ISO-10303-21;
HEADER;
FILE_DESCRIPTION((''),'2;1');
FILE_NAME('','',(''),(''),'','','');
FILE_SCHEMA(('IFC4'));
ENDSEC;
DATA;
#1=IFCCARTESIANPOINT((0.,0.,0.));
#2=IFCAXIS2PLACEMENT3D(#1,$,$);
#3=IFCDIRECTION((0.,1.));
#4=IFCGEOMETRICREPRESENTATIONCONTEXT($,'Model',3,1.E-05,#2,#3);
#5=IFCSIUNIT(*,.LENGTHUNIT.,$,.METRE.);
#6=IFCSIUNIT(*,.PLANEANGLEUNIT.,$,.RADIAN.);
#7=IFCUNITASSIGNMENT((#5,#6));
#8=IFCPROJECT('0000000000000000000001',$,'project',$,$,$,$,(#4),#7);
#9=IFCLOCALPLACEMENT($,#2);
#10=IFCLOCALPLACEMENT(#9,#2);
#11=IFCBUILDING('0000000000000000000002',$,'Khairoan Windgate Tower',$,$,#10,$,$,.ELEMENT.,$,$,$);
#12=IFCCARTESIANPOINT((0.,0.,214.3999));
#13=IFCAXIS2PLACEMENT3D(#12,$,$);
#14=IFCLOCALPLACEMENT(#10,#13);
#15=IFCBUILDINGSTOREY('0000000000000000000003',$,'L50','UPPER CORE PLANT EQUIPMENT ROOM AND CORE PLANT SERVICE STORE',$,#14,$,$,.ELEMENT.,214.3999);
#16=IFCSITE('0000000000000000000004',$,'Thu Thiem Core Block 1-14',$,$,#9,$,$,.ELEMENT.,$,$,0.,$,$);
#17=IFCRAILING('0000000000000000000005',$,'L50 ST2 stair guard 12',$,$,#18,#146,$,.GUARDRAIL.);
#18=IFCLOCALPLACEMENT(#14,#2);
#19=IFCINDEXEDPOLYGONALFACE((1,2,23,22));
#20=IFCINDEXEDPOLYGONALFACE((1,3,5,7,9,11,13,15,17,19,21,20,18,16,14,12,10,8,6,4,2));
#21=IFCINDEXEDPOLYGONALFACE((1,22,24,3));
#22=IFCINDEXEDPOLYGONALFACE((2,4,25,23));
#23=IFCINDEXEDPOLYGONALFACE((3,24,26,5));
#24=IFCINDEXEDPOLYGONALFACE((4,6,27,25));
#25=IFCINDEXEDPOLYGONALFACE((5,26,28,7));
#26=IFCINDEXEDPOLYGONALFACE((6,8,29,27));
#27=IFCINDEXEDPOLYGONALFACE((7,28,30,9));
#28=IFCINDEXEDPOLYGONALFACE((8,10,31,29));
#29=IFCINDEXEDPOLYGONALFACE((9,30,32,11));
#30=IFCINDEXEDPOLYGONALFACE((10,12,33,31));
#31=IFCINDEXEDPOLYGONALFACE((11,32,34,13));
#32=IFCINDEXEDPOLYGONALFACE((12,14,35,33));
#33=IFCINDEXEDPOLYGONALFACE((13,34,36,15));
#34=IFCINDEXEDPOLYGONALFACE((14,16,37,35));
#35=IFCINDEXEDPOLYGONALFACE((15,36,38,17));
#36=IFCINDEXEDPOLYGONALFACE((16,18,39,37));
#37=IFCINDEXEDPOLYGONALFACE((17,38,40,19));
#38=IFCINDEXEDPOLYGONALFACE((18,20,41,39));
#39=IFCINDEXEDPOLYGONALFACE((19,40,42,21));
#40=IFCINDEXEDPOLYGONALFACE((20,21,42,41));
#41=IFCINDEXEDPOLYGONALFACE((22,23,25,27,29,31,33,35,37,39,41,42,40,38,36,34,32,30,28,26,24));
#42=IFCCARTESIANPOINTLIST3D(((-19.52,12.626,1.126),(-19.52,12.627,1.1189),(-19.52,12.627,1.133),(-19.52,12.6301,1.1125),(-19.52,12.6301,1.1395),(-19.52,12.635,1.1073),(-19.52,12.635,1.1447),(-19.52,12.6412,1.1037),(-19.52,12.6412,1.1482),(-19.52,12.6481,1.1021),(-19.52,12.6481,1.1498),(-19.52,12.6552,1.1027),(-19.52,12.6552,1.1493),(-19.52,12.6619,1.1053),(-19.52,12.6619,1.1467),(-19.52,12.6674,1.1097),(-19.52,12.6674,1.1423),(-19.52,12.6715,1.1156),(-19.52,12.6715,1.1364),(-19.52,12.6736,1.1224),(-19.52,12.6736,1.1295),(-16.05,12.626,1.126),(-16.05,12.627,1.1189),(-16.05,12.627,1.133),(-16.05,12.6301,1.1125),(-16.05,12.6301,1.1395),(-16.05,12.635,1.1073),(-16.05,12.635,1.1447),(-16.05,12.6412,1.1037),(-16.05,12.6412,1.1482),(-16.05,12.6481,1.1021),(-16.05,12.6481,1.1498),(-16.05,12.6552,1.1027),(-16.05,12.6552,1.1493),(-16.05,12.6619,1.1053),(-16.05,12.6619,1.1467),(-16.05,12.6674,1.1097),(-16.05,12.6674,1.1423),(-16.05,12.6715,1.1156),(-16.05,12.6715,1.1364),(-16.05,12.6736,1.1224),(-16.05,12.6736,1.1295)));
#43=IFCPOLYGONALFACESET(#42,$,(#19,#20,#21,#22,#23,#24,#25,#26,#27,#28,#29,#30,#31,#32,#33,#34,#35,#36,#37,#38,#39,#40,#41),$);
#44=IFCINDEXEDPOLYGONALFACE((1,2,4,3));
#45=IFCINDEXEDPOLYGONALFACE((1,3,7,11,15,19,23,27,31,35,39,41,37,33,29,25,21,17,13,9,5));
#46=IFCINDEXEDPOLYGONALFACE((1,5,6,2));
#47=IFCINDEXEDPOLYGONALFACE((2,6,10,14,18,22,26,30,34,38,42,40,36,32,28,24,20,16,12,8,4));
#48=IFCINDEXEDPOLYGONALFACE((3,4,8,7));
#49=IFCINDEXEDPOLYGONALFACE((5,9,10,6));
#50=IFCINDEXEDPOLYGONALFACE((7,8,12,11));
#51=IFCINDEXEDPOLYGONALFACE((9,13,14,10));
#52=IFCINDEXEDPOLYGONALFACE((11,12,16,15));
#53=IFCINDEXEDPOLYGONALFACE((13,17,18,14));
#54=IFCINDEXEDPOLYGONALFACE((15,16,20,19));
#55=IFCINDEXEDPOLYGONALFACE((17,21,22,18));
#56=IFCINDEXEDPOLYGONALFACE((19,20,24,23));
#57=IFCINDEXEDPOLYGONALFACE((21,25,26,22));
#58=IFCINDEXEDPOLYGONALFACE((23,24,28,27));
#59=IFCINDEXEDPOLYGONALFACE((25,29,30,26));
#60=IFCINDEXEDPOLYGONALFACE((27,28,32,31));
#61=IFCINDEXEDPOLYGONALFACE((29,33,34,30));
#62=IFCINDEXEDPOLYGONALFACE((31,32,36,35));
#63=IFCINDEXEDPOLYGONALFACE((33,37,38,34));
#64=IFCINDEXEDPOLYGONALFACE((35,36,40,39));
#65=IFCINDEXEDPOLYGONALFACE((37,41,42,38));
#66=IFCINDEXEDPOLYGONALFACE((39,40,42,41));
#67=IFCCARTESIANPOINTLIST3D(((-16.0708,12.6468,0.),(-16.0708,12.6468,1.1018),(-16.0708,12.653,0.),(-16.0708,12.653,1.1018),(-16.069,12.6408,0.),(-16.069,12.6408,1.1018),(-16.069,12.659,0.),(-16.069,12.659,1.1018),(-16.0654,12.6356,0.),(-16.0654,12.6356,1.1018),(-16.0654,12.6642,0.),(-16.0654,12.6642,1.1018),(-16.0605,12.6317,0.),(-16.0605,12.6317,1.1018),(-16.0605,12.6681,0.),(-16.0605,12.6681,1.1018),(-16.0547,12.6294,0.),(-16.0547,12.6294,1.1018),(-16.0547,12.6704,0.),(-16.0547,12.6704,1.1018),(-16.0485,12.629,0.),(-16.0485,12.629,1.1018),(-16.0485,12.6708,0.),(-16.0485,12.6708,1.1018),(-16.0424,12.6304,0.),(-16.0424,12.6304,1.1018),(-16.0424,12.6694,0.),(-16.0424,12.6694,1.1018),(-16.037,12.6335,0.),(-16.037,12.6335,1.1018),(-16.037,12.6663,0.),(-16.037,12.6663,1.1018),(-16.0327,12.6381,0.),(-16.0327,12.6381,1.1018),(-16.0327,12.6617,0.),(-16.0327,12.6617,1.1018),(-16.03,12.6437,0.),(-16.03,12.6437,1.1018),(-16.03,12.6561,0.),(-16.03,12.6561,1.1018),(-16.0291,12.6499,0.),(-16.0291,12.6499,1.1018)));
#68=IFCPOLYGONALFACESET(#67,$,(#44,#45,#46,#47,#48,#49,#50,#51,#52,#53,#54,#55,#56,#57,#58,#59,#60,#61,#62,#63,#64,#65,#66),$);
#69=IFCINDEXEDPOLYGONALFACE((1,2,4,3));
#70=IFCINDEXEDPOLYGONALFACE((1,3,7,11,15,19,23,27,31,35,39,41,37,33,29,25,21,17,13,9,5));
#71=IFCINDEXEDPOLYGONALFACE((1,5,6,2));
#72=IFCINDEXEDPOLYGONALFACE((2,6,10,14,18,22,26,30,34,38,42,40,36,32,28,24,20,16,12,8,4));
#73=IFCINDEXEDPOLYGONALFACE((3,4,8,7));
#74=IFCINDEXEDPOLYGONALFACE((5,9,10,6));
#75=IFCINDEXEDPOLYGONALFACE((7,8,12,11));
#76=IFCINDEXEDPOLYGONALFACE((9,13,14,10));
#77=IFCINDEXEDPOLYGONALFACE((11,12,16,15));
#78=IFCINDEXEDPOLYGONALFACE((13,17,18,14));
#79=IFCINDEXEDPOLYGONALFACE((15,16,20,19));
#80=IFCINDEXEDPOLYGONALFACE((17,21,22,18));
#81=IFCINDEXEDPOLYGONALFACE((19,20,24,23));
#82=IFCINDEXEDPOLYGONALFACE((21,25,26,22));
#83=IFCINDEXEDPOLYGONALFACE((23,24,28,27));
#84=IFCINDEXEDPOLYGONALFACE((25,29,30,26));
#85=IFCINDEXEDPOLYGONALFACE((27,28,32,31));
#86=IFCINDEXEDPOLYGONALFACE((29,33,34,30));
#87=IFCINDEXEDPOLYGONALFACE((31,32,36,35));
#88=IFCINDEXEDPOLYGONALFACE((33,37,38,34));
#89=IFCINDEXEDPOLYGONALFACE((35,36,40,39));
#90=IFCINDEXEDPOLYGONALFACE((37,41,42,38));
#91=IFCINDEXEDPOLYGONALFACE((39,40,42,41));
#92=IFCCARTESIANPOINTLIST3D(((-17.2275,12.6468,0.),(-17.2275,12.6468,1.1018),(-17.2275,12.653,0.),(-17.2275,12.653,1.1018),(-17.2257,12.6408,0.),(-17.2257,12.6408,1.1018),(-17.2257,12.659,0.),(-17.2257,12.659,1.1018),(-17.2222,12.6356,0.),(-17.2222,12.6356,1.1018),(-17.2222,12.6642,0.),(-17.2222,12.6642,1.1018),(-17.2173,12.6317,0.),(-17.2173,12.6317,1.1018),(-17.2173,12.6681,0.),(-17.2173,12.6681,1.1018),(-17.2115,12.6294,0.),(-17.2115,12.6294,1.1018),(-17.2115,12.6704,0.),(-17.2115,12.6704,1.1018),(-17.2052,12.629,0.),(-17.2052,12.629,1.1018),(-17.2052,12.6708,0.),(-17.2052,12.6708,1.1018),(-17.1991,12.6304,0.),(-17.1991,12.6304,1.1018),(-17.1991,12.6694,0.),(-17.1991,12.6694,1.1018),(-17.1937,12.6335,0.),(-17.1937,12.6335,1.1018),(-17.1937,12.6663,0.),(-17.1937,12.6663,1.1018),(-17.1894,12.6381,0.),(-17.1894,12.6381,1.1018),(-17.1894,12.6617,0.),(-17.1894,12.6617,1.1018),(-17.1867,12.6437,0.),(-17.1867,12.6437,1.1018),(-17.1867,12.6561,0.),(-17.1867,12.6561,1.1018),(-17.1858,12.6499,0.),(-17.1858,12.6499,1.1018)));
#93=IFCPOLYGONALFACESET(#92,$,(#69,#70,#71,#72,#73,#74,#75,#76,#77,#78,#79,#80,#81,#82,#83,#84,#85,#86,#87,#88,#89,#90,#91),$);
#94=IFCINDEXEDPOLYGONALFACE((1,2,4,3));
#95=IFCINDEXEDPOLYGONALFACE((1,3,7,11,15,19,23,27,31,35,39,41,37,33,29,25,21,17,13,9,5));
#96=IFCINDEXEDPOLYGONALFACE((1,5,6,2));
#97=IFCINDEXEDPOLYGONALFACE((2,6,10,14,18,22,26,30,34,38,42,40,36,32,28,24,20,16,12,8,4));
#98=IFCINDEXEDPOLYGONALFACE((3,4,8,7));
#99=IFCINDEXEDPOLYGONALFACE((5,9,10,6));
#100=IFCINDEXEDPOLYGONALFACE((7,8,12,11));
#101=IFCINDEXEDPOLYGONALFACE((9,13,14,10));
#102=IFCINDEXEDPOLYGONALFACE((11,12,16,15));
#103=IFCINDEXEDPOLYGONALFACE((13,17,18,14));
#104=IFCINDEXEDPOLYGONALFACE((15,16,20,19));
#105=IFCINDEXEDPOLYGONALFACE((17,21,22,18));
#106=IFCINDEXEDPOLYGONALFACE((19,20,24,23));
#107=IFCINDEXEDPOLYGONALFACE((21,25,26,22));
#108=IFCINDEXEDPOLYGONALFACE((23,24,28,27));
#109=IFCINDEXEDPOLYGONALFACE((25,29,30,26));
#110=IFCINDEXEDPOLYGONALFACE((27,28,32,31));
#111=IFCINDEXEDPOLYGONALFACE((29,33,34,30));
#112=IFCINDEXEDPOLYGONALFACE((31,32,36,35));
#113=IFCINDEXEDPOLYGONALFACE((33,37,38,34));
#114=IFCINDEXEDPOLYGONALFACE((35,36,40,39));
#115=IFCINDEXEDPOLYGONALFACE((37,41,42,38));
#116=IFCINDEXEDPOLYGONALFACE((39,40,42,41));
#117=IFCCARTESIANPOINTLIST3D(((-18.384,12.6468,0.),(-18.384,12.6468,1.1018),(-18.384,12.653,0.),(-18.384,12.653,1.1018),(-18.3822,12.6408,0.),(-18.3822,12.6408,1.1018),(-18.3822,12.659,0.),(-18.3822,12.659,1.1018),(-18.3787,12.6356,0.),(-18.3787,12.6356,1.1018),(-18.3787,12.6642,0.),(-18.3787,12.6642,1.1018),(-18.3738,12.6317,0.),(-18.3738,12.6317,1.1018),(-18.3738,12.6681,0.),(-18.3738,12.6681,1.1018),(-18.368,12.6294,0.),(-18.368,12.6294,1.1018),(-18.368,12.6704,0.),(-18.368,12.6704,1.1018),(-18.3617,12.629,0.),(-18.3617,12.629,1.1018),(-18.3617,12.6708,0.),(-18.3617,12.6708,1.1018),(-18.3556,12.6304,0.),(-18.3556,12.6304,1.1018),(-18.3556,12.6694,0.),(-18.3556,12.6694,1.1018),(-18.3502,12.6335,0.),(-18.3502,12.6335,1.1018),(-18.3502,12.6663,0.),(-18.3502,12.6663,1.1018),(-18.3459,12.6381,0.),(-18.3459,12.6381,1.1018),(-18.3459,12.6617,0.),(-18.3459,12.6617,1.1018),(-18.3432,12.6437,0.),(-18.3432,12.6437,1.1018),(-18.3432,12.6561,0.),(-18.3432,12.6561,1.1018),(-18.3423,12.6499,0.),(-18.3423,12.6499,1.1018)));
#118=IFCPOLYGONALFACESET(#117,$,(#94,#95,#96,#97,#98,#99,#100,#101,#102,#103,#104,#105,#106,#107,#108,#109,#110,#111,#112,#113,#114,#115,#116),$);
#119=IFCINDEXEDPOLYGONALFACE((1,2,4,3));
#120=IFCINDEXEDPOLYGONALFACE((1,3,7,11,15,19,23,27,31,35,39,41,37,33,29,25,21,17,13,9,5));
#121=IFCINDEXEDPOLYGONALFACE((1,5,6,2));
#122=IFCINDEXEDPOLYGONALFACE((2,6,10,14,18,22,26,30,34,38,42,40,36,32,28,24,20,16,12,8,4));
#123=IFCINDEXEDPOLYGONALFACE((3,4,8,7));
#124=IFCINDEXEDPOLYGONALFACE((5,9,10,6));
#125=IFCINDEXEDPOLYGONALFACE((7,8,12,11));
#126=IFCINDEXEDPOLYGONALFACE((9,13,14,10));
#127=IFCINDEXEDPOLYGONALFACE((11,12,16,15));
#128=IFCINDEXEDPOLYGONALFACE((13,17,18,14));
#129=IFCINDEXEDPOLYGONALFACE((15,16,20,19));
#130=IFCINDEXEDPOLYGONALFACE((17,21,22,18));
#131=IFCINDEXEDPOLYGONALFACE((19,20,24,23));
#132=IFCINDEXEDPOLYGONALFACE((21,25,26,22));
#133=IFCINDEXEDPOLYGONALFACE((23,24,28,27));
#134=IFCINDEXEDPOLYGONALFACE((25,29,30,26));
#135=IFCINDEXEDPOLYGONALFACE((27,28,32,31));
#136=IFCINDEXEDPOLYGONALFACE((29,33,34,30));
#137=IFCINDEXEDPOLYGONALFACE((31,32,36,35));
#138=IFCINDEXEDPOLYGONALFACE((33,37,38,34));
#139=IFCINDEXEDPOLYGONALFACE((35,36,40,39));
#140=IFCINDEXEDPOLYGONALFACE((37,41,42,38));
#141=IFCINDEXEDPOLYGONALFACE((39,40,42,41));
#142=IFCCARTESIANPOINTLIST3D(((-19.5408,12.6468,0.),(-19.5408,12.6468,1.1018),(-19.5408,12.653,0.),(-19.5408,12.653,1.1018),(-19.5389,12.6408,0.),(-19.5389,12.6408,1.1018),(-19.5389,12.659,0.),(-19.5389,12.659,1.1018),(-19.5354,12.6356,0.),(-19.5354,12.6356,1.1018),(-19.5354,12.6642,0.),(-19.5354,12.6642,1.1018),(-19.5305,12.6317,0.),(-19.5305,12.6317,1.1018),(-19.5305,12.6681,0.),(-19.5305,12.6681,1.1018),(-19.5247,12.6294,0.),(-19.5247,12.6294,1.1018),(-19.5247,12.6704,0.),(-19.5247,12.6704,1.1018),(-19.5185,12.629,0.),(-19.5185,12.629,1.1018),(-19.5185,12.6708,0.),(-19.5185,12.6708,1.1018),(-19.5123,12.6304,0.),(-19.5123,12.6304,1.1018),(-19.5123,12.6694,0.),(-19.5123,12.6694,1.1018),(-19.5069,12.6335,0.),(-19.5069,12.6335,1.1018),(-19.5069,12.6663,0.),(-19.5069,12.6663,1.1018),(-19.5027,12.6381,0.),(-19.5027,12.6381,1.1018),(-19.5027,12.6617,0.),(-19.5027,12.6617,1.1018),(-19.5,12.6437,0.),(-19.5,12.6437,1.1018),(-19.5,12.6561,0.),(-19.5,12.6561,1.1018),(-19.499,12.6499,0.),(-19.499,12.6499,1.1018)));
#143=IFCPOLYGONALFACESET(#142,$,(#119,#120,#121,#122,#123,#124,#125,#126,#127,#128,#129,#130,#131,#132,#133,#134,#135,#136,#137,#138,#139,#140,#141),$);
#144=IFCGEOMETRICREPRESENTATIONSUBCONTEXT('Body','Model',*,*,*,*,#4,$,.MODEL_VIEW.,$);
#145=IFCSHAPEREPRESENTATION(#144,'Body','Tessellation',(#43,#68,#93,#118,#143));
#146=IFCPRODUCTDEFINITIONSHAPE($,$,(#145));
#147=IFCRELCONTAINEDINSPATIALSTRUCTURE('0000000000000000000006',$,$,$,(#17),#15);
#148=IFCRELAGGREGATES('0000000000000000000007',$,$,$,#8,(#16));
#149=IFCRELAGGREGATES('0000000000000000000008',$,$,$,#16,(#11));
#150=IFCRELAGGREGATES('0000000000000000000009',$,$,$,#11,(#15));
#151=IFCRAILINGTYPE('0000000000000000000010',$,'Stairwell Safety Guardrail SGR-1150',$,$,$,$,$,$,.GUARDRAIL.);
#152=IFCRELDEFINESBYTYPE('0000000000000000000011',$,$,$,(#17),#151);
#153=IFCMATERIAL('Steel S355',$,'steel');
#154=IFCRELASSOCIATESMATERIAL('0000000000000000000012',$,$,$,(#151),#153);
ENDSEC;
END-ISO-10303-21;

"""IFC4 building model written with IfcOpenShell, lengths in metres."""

from ifc_helpers import new_model, si_unit, direction, frame, origin, origin_2d, place, context, subcontext, project, spatial, circle, extrude, material, type_object, element, save


model = new_model("IFC4")

# Units and contexts
model_context = context("Model", 3, precision=1e-05, world=origin(), true_north=direction((0.0, 1.0)))
body_context = subcontext(model_context, "Body", "Model", "MODEL_VIEW")
ifc_project = project(units=[si_unit("LENGTHUNIT", "METRE"), si_unit("PLANEANGLEUNIT", "RADIAN")], contexts=[model_context])

# Site, building, storey
site_placement = place(None, origin())
site = spatial("IfcSite", under=ifc_project, at=site_placement, Name="Thu Thiem Core Block 1-14", CompositionType="ELEMENT", RefElevation=0.0)
building_placement = place(site_placement, origin())
building = spatial("IfcBuilding", under=site, at=building_placement, Name="Khairoan Windgate Tower", CompositionType="ELEMENT")
storey_placement = place(building_placement, frame((0.0, 0.0, 214.3999)))
storey = spatial("IfcBuildingStorey", under=building, at=storey_placement, Name="L50", Description="UPPER CORE PLANT EQUIPMENT ROOM AND CORE PLANT SERVICE STORE", CompositionType="ELEMENT", Elevation=214.3999)

# Railing
ifc_material_1 = material(Name="Steel S355", Category="steel")
railing_type_1 = type_object("IfcRailingType", Name="Stairwell Safety Guardrail SGR-1150", PredefinedType="GUARDRAIL", material=ifc_material_1)
railing_1_placement = place(storey_placement, frame((-16.05, 12.6499, 0.0)))
element("IfcRailing", 1, at=railing_1_placement, inside=storey, type_object=railing_type_1, Name="L50 ST2 stair guard 12", PredefinedType="GUARDRAIL", context=body_context, shape_type="SweptSolid", body=[
    extrude(circle(Radius=0.0239, at=origin_2d()), frame((0.0, 0.0, 1.126), z_axis=(-1.0, 0.0, 0.0), x_axis=(0.0, -1.0, 0.0)), (0.0, 0.0, 1.0), 3.47),
    extrude(circle(Radius=0.021, at=origin_2d()), origin(), (0.0, 0.0, 1.0), 1.1018),
    extrude(circle(Radius=0.021, at=origin_2d()), frame((-1.1567, 0.0, 0.0)), (0.0, 0.0, 1.0), 1.1018),
    extrude(circle(Radius=0.021, at=origin_2d()), frame((-2.3132, 0.0, 0.0)), (0.0, 0.0, 1.0), 1.1018),
    extrude(circle(Radius=0.021, at=origin_2d()), frame((-3.47, 0.0, 0.0)), (0.0, 0.0, 1.0), 1.1018),
])

save(model, "model.ifc")
